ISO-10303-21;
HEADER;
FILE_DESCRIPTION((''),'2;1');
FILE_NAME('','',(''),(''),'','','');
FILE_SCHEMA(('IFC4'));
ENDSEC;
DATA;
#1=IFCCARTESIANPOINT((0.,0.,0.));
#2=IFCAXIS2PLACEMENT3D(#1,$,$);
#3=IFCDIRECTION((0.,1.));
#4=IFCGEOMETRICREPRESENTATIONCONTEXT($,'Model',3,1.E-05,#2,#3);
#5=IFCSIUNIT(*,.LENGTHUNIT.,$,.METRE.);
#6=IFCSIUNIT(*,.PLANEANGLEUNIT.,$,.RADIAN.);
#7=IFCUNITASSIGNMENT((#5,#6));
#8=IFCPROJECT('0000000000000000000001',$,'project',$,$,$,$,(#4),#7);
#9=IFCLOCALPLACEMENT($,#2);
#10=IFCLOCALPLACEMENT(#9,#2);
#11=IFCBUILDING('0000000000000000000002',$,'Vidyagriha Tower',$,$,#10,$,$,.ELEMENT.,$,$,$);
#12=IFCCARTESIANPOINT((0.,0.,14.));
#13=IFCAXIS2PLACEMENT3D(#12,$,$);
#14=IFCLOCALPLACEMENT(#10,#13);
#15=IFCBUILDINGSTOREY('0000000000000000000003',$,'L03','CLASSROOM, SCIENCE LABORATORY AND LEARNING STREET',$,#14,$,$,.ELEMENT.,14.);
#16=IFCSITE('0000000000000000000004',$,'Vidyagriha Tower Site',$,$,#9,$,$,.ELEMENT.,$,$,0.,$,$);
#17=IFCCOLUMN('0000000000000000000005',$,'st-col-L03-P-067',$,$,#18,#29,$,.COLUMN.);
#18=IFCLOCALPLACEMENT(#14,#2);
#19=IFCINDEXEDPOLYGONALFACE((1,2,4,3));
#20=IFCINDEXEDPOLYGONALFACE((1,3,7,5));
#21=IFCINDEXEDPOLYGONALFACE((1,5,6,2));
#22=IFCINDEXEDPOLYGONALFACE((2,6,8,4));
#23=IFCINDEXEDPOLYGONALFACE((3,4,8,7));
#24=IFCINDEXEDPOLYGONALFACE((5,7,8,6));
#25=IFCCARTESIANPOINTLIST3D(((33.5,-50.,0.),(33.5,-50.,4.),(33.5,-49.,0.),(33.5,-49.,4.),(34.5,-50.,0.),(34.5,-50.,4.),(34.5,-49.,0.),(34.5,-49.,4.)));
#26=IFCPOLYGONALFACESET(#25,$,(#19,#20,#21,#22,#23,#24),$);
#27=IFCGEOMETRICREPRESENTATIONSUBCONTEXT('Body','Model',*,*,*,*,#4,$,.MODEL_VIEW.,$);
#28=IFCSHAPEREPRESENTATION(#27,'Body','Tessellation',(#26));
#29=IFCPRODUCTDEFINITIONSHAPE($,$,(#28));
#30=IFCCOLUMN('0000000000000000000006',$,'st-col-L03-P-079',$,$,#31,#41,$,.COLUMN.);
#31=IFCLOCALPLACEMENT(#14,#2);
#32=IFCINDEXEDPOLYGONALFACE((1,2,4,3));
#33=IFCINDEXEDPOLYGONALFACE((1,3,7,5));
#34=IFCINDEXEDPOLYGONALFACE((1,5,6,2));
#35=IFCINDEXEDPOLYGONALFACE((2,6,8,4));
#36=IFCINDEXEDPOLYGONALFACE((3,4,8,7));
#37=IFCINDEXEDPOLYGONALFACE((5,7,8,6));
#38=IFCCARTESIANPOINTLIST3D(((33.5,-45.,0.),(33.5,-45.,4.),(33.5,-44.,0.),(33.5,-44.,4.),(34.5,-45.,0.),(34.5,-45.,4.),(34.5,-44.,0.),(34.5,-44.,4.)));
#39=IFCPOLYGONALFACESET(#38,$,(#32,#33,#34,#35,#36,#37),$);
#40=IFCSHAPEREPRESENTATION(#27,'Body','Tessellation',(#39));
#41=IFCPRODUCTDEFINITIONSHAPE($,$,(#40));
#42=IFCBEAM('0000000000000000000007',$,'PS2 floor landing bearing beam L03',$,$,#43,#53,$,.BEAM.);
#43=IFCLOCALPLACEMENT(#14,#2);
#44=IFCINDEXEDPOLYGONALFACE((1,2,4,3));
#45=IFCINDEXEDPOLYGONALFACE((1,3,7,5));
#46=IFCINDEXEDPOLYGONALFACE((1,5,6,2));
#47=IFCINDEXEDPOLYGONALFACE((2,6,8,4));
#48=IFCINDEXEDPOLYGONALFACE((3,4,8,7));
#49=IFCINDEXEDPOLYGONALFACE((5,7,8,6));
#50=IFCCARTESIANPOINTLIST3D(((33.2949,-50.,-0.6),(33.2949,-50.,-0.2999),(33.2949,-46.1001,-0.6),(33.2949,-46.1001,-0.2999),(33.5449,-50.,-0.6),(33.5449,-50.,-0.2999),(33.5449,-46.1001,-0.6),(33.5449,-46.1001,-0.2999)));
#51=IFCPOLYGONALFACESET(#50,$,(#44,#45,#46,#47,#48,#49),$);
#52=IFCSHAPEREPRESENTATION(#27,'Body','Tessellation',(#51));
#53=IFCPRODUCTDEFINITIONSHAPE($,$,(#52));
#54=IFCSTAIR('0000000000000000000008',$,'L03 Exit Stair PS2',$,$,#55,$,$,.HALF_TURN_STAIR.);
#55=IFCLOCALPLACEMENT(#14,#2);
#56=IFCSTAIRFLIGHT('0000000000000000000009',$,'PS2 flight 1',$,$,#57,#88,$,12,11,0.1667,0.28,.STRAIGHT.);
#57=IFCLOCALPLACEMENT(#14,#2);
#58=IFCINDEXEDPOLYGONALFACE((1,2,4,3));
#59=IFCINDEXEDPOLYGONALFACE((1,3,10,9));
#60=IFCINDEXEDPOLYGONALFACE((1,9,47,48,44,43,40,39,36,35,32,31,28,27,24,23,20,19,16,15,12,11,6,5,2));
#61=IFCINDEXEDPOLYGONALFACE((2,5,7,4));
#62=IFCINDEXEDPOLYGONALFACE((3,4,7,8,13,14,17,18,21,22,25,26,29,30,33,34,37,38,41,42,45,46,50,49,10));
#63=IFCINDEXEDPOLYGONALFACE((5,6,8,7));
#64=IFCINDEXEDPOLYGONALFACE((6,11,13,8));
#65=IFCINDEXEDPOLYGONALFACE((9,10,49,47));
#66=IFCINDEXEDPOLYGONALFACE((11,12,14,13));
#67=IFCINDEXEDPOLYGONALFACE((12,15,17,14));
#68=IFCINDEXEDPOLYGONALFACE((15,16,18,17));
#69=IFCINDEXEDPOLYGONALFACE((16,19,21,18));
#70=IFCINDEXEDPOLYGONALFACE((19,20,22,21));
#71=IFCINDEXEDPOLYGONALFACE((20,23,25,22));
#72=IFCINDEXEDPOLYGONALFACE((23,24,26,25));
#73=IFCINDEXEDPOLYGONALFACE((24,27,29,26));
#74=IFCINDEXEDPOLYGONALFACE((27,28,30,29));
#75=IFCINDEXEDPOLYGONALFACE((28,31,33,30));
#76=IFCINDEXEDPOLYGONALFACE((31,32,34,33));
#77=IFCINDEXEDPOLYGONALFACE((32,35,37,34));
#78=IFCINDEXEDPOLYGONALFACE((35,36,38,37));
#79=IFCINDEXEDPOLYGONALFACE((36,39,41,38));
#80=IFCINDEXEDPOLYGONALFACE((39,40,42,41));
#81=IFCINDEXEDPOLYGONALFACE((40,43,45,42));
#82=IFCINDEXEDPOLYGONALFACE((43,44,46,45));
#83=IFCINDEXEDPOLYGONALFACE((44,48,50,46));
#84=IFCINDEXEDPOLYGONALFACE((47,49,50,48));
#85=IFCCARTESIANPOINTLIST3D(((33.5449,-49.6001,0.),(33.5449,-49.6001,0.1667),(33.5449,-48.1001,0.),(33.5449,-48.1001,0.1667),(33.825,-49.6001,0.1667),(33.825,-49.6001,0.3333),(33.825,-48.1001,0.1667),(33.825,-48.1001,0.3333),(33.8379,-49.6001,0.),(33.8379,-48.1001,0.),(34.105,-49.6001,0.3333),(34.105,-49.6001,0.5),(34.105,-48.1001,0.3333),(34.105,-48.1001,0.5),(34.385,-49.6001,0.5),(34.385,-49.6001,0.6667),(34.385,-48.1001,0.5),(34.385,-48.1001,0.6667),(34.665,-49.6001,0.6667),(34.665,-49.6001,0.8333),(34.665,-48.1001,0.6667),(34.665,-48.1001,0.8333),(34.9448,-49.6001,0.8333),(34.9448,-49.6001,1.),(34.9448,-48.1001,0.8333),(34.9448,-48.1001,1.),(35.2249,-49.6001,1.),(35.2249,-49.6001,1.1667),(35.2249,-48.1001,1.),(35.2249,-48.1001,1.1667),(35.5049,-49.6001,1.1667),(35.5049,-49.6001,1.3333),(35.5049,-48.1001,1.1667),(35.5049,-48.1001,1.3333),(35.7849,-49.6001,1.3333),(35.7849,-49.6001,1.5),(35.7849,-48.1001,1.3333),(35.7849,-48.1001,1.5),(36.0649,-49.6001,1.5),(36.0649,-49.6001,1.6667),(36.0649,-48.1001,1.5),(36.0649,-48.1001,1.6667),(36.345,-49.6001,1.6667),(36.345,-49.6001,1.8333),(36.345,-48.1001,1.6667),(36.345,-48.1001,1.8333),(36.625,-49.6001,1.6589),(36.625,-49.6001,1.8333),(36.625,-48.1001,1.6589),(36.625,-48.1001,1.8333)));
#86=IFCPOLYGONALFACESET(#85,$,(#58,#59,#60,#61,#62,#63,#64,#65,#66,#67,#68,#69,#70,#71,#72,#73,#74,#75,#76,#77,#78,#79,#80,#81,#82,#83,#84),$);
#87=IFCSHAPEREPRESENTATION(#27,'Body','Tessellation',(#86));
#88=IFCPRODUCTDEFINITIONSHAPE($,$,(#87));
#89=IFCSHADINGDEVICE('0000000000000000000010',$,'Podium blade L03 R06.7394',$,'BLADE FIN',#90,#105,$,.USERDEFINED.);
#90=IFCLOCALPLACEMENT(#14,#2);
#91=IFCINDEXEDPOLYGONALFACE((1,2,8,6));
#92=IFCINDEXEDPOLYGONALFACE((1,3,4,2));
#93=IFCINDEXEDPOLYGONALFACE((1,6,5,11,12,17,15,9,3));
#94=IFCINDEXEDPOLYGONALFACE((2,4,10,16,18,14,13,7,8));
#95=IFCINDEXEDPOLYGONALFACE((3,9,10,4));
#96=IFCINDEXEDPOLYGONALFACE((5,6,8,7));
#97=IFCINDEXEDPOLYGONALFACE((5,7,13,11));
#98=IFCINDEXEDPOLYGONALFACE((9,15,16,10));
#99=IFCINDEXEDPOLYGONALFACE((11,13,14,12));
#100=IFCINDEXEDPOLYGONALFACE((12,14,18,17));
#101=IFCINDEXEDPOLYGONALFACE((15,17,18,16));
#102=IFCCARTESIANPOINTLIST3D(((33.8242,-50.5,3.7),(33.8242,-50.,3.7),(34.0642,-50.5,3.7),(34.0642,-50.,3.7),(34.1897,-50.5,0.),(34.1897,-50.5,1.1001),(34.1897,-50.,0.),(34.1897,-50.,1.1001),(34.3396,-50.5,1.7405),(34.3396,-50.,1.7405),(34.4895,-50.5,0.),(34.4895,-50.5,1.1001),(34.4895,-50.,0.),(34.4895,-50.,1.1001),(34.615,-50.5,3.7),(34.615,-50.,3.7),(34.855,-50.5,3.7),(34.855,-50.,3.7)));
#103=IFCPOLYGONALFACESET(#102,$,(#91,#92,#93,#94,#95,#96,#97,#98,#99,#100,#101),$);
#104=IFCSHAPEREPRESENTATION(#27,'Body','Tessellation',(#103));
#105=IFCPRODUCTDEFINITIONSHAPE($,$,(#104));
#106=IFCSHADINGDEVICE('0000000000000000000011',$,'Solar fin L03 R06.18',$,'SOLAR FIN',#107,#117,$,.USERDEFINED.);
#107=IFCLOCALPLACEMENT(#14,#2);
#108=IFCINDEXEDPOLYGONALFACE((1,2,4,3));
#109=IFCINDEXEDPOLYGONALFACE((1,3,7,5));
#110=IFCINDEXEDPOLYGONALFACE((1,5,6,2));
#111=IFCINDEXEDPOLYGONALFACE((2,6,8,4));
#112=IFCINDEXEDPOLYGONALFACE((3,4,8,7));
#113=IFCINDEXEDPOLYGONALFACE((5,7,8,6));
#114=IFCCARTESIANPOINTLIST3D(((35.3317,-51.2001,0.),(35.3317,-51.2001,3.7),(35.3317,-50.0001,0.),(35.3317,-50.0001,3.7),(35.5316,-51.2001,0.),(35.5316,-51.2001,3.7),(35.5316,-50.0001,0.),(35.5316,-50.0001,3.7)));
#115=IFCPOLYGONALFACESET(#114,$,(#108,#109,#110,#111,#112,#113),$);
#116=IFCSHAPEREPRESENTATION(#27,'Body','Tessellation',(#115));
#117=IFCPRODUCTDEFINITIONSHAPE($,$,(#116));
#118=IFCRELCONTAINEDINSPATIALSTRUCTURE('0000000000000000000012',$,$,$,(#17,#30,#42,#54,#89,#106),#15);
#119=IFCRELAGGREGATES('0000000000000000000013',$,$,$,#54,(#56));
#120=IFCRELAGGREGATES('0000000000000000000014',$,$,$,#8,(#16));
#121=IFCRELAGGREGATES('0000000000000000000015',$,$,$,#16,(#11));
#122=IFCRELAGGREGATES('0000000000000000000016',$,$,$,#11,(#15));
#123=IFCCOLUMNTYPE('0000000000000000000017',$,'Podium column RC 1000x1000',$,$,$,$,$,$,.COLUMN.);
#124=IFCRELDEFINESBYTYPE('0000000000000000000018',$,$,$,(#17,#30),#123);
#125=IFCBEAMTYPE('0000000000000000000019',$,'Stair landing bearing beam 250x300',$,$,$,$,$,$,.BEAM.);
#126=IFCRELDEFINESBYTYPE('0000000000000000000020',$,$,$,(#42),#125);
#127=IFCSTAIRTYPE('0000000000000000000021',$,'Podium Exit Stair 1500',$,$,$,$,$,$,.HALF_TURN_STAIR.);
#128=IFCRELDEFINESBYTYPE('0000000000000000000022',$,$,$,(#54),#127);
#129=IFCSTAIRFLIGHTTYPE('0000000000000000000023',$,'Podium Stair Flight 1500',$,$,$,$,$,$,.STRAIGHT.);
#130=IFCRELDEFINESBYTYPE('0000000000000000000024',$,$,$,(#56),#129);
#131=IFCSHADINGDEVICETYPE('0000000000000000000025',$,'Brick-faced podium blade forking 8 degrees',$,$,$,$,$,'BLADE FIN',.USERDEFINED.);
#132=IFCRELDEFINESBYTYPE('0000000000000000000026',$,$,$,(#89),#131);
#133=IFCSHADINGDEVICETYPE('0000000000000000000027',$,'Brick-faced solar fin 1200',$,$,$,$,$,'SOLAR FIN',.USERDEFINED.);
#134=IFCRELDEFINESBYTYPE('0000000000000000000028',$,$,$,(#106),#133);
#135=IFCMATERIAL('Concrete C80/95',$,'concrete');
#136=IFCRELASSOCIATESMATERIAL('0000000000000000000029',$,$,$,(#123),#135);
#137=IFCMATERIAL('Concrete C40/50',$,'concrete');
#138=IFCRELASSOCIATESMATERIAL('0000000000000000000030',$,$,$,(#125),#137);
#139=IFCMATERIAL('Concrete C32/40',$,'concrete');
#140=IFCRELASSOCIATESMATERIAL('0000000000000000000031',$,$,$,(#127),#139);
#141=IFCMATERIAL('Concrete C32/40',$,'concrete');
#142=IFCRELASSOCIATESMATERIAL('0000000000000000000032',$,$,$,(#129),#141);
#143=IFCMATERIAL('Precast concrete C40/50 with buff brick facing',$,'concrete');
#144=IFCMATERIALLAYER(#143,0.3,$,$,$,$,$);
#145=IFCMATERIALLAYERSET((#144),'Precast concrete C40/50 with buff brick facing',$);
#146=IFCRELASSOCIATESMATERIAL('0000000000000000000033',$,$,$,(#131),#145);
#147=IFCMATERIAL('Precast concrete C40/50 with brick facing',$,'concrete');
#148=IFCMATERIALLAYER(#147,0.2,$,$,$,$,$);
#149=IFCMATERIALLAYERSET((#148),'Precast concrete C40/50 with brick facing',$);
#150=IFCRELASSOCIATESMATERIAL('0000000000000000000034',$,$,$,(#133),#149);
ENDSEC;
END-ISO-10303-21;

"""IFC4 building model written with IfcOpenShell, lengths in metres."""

from ifc_helpers import new_model, si_unit, direction, frame, frame_2d, origin, origin_2d, place, context, subcontext, project, spatial, polyline, rectangle, outline, extrude, material, layer, layer_set, material_profile, profile_set, type_object, element, aggregate, save


model = new_model("IFC4")

# Units and contexts
model_context = context("Model", 3, precision=1e-05, world=origin(), true_north=direction((0.0, 1.0)))
body_context = subcontext(model_context, "Body", "Model", "MODEL_VIEW")
ifc_project = project(units=[si_unit("LENGTHUNIT", "METRE"), si_unit("PLANEANGLEUNIT", "RADIAN")], contexts=[model_context])

# Site, building, storey
site_placement = place(None, origin())
site = spatial("IfcSite", under=ifc_project, at=site_placement, Name="Vidyagriha Tower Site", CompositionType="ELEMENT", RefElevation=0.0)
building_placement = place(site_placement, origin())
building = spatial("IfcBuilding", under=site, at=building_placement, Name="Vidyagriha Tower", CompositionType="ELEMENT")
storey_placement = place(building_placement, frame((0.0, 0.0, 14.0)))
storey = spatial("IfcBuildingStorey", under=building, at=storey_placement, Name="L03", Description="CLASSROOM, SCIENCE LABORATORY AND LEARNING STREET", CompositionType="ELEMENT", Elevation=14.0)

# Columns
ifc_material_1 = material(Name="Concrete C80/95", Category="concrete")
ifc_material_profile_1 = material_profile(ifc_material_1, rectangle(XDim=1.0, YDim=1.0, at=origin_2d()), Name="RC 1000x1000")
ifc_profile_set_1 = profile_set([ifc_material_profile_1], Name="Concrete C80/95")
column_type = type_object("IfcColumnType", Name="Podium column RC 1000x1000", PredefinedType="COLUMN", material=ifc_profile_set_1)
for number, where, name in (
    (1, (34.0, -49.5, 0.0), "st-col-L03-P-067"),
    (2, (34.0, -44.5, 0.0), "st-col-L03-P-079"),
):
    element("IfcColumn", number, at=place(storey_placement, frame(where)), inside=storey, type_object=column_type, Name=name, PredefinedType="COLUMN", context=body_context, shape_type="SweptSolid", body=[
        extrude(rectangle(XDim=1.0, YDim=1.0, at=origin_2d()), origin(), (0.0, 0.0, 1.0), 4.0),
    ])

# Beam
ifc_material_2 = material(Name="Concrete C40/50", Category="concrete")
ifc_material_profile_2 = material_profile(ifc_material_2, rectangle(XDim=0.25, YDim=0.3, at=origin_2d()), Name="Stair landing bearing beam 250x300")
ifc_profile_set_2 = profile_set([ifc_material_profile_2], Name="Concrete C40/50")
beam_type = type_object("IfcBeamType", Name="Stair landing bearing beam 250x300", PredefinedType="BEAM", material=ifc_profile_set_2)
beam_placement = place(storey_placement, frame((33.4199, -50.0, -0.45), z_axis=(0.0, 1.0, 0.0), x_axis=(-1.0, 0.0, 0.0)))
element("IfcBeam", 3, at=beam_placement, inside=storey, type_object=beam_type, Name="PS2 floor landing bearing beam L03", PredefinedType="BEAM", context=body_context, shape_type="SweptSolid", body=[
    extrude(rectangle(XDim=0.25, YDim=0.3, at=origin_2d()), origin(), (0.0, 0.0, 1.0), 3.8999),
])

# Stair, stair flight
ifc_material_3 = material(Name="Concrete C32/40", Category="concrete")
stair_type = type_object("IfcStairType", Name="Podium Exit Stair 1500", PredefinedType="HALF_TURN_STAIR", material=ifc_material_3)
stair_placement = place(storey_placement, origin())
stair = element("IfcStair", 4, at=stair_placement, inside=storey, type_object=stair_type, Name="L03 Exit Stair PS2", PredefinedType="HALF_TURN_STAIR")
ifc_material_4 = material(Name="Concrete C32/40", Category="concrete")
stair_flight_type = type_object("IfcStairFlightType", Name="Podium Stair Flight 1500", PredefinedType="STRAIGHT", material=ifc_material_4)
stair_flight_placement = place(storey_placement, frame((33.5449, -48.8501, 0.0)))
stair_flight = element("IfcStairFlight", 5, at=stair_flight_placement, type_object=stair_flight_type, Name="PS2 flight 1", NumberOfRisers=12, NumberOfTreads=11, PredefinedType="STRAIGHT", RiserHeight=0.1667, TreadLength=0.28, context=body_context, shape_type="SweptSolid", body=[
    extrude(outline(polyline([(0.0, 0.0), (0.0, 0.1667), (0.28, 0.1667), (0.28, 0.3333), (0.5601, 0.3333), (0.5601, 0.5), (0.8401, 0.5), (0.8401, 0.6667), (1.1201, 0.6667), (1.1201, 0.8333), (1.3999, 0.8333), (1.3999, 1.0), (1.6799, 1.0), (1.6799, 1.1667), (1.96, 1.1667), (1.96, 1.3333), (2.24, 1.3333), (2.24, 1.5), (2.52, 1.5), (2.52, 1.6667), (2.8, 1.6667), (2.8, 1.8333), (3.0801, 1.8333), (3.0801, 2.0), (3.0801, 1.6589), (0.293, 0.0), (0.0, 0.0)])), frame((0.0, 0.75, 0.0), z_axis=(0.0, -1.0, 0.0), x_axis=(1.0, 0.0, 0.0)), (0.0, 0.0, 1.0), 1.5),
])
aggregate(stair, [stair_flight])

# Shading devices
ifc_material_5 = material(Name="Precast concrete C40/50 with buff brick facing", Category="concrete")
ifc_layer_1 = layer(ifc_material_5, 0.3)
ifc_layer_set_1 = layer_set([ifc_layer_1], Name="Precast concrete C40/50 with buff brick facing")
shading_device_type_1 = type_object("IfcShadingDeviceType", Name="Brick-faced podium blade forking 8 degrees", ElementType="BLADE FIN", PredefinedType="USERDEFINED", material=ifc_layer_set_1)
shading_device_1_placement = place(storey_placement, frame((33.8242, -50.25, 0.0)))
element("IfcShadingDevice", 6, at=shading_device_1_placement, inside=storey, type_object=shading_device_type_1, Name="Podium blade L03 R06.7394", ObjectType="BLADE FIN", PredefinedType="USERDEFINED", context=body_context, shape_type="SweptSolid", body=[
    extrude(outline(polyline([(0.6653, 0.0), (0.6653, 1.1001), (1.0308, 3.7), (0.7908, 3.7), (0.5154, 1.7405), (0.24, 3.7), (0.0, 3.7), (0.3655, 1.1001), (0.3655, 0.0), (0.6653, 0.0)])), frame((0.0, 0.25, 0.0), z_axis=(0.0, -1.0, 0.0), x_axis=(1.0, 0.0, 0.0)), (0.0, 0.0, 1.0), 0.5),
])
ifc_material_6 = material(Name="Precast concrete C40/50 with brick facing", Category="concrete")
ifc_layer_2 = layer(ifc_material_6, 0.2)
ifc_layer_set_2 = layer_set([ifc_layer_2], Name="Precast concrete C40/50 with brick facing")
shading_device_type_2 = type_object("IfcShadingDeviceType", Name="Brick-faced solar fin 1200", ElementType="SOLAR FIN", PredefinedType="USERDEFINED", material=ifc_layer_set_2)
shading_device_2_placement = place(storey_placement, frame((35.4316, -50.0, 0.0), z_axis=(0.0, 0.0, 1.0), x_axis=(0.0, -1.0, 0.0)))
element("IfcShadingDevice", 7, at=shading_device_2_placement, inside=storey, type_object=shading_device_type_2, Name="Solar fin L03 R06.18", ObjectType="SOLAR FIN", PredefinedType="USERDEFINED", context=body_context, shape_type="SweptSolid", body=[
    extrude(rectangle(XDim=1.2, YDim=0.2, at=frame_2d((0.6001, 0.0))), origin(), (0.0, 0.0, 1.0), 3.7),
])

save(model, "model.ifc")
